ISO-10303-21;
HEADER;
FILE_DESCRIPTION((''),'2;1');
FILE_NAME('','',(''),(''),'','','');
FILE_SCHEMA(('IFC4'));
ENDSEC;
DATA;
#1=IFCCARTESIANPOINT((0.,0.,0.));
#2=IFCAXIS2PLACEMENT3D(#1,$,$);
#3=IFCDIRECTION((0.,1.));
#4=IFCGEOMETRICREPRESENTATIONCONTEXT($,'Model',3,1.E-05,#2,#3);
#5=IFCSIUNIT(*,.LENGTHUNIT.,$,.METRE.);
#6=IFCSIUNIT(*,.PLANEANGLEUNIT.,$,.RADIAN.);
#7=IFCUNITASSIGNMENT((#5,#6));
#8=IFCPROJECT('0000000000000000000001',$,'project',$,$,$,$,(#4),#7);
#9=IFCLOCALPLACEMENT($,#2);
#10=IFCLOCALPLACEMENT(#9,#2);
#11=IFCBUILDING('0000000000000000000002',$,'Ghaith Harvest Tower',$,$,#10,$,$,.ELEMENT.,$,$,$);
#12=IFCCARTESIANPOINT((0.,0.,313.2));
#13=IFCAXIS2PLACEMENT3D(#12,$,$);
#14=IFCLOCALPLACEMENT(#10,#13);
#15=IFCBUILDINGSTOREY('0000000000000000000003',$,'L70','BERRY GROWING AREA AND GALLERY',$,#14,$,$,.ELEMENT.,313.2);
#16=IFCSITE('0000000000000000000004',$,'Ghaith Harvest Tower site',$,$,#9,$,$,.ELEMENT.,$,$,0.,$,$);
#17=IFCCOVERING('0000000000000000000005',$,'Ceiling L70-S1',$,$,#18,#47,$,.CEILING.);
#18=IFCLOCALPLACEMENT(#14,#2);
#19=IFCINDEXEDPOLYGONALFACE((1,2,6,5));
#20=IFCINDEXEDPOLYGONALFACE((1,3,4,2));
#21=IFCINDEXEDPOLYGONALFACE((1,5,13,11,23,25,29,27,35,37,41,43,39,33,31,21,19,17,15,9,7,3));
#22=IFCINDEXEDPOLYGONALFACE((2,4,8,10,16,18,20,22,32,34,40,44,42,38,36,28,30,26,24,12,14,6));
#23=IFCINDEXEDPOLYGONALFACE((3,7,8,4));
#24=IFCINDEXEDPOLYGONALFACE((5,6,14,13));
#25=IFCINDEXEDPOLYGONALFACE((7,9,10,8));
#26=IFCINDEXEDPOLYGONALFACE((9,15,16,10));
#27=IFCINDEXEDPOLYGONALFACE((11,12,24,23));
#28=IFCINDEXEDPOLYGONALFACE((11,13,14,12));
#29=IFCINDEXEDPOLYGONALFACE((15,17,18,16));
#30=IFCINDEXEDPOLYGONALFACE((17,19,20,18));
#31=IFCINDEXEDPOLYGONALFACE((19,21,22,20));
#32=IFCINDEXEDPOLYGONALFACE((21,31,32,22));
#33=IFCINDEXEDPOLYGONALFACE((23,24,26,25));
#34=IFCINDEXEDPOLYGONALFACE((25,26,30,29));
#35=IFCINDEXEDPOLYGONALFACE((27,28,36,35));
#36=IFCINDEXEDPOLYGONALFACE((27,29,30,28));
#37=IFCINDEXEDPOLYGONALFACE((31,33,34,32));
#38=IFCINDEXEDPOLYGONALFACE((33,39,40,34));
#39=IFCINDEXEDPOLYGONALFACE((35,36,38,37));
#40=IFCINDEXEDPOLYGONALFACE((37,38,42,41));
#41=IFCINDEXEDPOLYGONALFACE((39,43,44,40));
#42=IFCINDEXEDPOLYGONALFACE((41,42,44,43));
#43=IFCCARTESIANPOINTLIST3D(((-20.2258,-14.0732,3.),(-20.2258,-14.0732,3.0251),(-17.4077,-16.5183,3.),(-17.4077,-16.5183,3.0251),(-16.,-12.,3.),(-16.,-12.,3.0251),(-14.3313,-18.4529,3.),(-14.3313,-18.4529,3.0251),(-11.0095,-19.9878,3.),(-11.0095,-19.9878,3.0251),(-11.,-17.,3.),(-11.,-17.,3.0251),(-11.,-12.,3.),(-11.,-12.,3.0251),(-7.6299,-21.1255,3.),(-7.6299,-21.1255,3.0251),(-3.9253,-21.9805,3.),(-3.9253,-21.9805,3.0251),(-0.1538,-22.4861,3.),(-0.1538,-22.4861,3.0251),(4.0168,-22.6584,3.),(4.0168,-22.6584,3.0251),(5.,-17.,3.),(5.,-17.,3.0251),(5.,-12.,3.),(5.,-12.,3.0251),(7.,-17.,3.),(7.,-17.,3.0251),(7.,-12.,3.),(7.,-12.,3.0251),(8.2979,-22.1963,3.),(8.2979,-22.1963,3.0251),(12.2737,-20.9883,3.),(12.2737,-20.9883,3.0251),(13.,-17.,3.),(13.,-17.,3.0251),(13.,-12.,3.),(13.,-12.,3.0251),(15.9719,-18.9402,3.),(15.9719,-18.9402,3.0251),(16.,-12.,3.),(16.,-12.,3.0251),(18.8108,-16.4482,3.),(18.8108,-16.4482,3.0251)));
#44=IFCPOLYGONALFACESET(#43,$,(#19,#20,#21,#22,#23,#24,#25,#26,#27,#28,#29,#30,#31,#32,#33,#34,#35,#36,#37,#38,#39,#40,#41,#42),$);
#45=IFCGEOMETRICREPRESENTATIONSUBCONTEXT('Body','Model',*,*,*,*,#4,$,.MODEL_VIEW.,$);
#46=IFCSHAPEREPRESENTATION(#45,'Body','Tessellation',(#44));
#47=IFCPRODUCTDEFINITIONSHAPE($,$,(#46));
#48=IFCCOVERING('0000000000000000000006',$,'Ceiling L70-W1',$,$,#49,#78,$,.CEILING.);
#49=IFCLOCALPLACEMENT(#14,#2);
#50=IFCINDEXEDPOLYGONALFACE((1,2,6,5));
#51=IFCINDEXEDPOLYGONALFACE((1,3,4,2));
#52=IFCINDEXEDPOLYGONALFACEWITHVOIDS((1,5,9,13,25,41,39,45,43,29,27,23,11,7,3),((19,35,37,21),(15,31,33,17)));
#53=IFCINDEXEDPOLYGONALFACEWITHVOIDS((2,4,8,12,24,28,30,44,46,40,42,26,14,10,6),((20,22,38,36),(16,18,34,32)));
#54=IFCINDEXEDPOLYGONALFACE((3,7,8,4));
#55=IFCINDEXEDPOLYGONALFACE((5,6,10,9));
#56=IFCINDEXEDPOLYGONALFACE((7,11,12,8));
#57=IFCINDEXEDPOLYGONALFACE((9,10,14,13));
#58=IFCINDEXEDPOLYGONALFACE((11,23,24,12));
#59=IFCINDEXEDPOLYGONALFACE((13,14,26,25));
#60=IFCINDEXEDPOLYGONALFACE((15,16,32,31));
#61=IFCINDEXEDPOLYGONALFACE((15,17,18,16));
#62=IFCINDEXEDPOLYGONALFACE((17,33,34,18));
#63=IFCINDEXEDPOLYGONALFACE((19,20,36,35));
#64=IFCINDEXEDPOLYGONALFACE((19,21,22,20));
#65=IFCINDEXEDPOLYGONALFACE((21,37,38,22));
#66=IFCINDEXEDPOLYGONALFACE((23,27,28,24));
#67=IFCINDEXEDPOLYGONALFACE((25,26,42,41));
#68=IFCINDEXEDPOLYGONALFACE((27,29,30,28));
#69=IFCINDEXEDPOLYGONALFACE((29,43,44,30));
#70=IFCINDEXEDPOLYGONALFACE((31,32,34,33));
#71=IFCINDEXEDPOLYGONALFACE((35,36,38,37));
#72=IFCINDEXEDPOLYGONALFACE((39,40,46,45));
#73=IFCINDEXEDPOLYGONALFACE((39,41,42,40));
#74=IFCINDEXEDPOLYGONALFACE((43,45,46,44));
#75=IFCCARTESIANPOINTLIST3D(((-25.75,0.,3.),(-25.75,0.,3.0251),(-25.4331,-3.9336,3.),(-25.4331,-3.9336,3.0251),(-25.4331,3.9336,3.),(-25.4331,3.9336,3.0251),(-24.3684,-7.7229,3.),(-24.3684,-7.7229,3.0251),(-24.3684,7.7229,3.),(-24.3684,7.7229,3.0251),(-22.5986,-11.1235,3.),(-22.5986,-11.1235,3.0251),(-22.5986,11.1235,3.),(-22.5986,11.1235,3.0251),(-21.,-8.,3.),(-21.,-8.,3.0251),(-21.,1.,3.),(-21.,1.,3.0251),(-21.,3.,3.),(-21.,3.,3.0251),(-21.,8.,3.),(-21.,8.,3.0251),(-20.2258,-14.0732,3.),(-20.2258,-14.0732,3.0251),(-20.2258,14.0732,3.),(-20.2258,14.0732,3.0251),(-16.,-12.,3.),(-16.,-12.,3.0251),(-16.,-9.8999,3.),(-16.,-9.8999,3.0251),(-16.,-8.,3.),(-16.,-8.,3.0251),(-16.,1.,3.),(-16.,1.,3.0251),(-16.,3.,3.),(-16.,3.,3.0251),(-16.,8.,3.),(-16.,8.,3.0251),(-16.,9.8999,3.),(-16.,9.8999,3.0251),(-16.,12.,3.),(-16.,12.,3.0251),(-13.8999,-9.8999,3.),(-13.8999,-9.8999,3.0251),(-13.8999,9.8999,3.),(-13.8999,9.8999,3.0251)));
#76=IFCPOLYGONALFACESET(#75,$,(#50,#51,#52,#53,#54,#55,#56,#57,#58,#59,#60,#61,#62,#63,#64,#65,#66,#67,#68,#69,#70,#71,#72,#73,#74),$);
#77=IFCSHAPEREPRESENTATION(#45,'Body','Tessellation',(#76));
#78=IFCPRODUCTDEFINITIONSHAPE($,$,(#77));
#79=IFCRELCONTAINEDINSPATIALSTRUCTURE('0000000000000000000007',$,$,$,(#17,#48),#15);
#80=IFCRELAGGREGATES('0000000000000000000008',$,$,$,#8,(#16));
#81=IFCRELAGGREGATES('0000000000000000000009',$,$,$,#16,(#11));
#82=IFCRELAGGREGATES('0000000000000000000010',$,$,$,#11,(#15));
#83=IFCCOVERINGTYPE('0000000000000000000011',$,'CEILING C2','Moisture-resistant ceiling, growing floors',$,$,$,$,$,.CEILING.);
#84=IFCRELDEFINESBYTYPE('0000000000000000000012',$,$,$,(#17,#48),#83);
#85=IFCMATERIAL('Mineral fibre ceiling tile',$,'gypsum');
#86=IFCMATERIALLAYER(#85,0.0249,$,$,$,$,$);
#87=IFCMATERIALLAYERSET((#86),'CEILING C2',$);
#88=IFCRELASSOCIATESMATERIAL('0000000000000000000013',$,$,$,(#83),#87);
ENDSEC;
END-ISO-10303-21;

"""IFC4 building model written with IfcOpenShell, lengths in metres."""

from ifc_helpers import new_model, si_unit, direction, frame, origin, place, context, subcontext, project, spatial, polyline, outline, extrude, material, layer, layer_set, type_object, element, save


model = new_model("IFC4")

# Units and contexts
model_context = context("Model", 3, precision=1e-05, world=origin(), true_north=direction((0.0, 1.0)))
body_context = subcontext(model_context, "Body", "Model", "MODEL_VIEW")
ifc_project = project(units=[si_unit("LENGTHUNIT", "METRE"), si_unit("PLANEANGLEUNIT", "RADIAN")], contexts=[model_context])

# Site, building, storey
site_placement = place(None, origin())
site = spatial("IfcSite", under=ifc_project, at=site_placement, Name="Ghaith Harvest Tower site", CompositionType="ELEMENT", RefElevation=0.0)
building_placement = place(site_placement, origin())
building = spatial("IfcBuilding", under=site, at=building_placement, Name="Ghaith Harvest Tower", CompositionType="ELEMENT")
storey_placement = place(building_placement, frame((0.0, 0.0, 313.2)))
storey = spatial("IfcBuildingStorey", under=building, at=storey_placement, Name="L70", Description="BERRY GROWING AREA AND GALLERY", CompositionType="ELEMENT", Elevation=313.2)

# Coverings
ifc_material_1 = material(Name="Mineral fibre ceiling tile", Category="gypsum")
ifc_layer_1 = layer(ifc_material_1, 0.0249)
ifc_layer_set_1 = layer_set([ifc_layer_1], Name="CEILING C2")
covering_type = type_object("IfcCoveringType", Name="CEILING C2", Description="Moisture-resistant ceiling, growing floors", PredefinedType="CEILING", material=ifc_layer_set_1)
covering_1_placement = place(storey_placement, frame((0.0, 0.0, 3.0)))
element("IfcCovering", 1, at=covering_1_placement, inside=storey, type_object=covering_type, Name="Ceiling L70-S1", PredefinedType="CEILING", context=body_context, shape_type="SweptSolid", body=[
    extrude(outline(polyline([(-14.3313, -18.4529), (-17.4077, -16.5183), (-20.2258, -14.0732), (-16.0, -12.0), (-11.0, -12.0), (-11.0, -17.0), (5.0, -17.0), (5.0, -12.0), (7.0, -12.0), (7.0, -17.0), (13.0, -17.0), (13.0, -12.0), (16.0, -12.0), (18.8108, -16.4482), (15.9719, -18.9402), (12.2737, -20.9883), (8.2979, -22.1963), (4.0168, -22.6584), (-0.1538, -22.4861), (-3.9253, -21.9805), (-7.6299, -21.1255), (-11.0095, -19.9878), (-14.3313, -18.4529)])), origin(), (0.0, 0.0, 1.0), 0.0251),
])
covering_2_placement = place(storey_placement, frame((0.0, 0.0, 3.0)))
element("IfcCovering", 2, at=covering_2_placement, inside=storey, type_object=covering_type, Name="Ceiling L70-W1", PredefinedType="CEILING", context=body_context, shape_type="SweptSolid", body=[
    extrude(outline(polyline([(-22.5986, -11.1235), (-24.3684, -7.7229), (-25.4331, -3.9336), (-25.75, 0.0), (-25.4331, 3.9336), (-24.3684, 7.7229), (-22.5986, 11.1235), (-20.2258, 14.0732), (-16.0, 12.0), (-16.0, 9.8999), (-13.8999, 9.8999), (-13.8999, -9.8999), (-16.0, -9.8999), (-16.0, -12.0), (-20.2258, -14.0732), (-22.5986, -11.1235)]), holes=[polyline([(-16.0, -8.0), (-16.0, 1.0), (-21.0, 1.0), (-21.0, -8.0), (-16.0, -8.0)]), polyline([(-21.0, 8.0), (-21.0, 3.0), (-16.0, 3.0), (-16.0, 8.0), (-21.0, 8.0)])]), origin(), (0.0, 0.0, 1.0), 0.0251),
])

save(model, "model.ifc")
